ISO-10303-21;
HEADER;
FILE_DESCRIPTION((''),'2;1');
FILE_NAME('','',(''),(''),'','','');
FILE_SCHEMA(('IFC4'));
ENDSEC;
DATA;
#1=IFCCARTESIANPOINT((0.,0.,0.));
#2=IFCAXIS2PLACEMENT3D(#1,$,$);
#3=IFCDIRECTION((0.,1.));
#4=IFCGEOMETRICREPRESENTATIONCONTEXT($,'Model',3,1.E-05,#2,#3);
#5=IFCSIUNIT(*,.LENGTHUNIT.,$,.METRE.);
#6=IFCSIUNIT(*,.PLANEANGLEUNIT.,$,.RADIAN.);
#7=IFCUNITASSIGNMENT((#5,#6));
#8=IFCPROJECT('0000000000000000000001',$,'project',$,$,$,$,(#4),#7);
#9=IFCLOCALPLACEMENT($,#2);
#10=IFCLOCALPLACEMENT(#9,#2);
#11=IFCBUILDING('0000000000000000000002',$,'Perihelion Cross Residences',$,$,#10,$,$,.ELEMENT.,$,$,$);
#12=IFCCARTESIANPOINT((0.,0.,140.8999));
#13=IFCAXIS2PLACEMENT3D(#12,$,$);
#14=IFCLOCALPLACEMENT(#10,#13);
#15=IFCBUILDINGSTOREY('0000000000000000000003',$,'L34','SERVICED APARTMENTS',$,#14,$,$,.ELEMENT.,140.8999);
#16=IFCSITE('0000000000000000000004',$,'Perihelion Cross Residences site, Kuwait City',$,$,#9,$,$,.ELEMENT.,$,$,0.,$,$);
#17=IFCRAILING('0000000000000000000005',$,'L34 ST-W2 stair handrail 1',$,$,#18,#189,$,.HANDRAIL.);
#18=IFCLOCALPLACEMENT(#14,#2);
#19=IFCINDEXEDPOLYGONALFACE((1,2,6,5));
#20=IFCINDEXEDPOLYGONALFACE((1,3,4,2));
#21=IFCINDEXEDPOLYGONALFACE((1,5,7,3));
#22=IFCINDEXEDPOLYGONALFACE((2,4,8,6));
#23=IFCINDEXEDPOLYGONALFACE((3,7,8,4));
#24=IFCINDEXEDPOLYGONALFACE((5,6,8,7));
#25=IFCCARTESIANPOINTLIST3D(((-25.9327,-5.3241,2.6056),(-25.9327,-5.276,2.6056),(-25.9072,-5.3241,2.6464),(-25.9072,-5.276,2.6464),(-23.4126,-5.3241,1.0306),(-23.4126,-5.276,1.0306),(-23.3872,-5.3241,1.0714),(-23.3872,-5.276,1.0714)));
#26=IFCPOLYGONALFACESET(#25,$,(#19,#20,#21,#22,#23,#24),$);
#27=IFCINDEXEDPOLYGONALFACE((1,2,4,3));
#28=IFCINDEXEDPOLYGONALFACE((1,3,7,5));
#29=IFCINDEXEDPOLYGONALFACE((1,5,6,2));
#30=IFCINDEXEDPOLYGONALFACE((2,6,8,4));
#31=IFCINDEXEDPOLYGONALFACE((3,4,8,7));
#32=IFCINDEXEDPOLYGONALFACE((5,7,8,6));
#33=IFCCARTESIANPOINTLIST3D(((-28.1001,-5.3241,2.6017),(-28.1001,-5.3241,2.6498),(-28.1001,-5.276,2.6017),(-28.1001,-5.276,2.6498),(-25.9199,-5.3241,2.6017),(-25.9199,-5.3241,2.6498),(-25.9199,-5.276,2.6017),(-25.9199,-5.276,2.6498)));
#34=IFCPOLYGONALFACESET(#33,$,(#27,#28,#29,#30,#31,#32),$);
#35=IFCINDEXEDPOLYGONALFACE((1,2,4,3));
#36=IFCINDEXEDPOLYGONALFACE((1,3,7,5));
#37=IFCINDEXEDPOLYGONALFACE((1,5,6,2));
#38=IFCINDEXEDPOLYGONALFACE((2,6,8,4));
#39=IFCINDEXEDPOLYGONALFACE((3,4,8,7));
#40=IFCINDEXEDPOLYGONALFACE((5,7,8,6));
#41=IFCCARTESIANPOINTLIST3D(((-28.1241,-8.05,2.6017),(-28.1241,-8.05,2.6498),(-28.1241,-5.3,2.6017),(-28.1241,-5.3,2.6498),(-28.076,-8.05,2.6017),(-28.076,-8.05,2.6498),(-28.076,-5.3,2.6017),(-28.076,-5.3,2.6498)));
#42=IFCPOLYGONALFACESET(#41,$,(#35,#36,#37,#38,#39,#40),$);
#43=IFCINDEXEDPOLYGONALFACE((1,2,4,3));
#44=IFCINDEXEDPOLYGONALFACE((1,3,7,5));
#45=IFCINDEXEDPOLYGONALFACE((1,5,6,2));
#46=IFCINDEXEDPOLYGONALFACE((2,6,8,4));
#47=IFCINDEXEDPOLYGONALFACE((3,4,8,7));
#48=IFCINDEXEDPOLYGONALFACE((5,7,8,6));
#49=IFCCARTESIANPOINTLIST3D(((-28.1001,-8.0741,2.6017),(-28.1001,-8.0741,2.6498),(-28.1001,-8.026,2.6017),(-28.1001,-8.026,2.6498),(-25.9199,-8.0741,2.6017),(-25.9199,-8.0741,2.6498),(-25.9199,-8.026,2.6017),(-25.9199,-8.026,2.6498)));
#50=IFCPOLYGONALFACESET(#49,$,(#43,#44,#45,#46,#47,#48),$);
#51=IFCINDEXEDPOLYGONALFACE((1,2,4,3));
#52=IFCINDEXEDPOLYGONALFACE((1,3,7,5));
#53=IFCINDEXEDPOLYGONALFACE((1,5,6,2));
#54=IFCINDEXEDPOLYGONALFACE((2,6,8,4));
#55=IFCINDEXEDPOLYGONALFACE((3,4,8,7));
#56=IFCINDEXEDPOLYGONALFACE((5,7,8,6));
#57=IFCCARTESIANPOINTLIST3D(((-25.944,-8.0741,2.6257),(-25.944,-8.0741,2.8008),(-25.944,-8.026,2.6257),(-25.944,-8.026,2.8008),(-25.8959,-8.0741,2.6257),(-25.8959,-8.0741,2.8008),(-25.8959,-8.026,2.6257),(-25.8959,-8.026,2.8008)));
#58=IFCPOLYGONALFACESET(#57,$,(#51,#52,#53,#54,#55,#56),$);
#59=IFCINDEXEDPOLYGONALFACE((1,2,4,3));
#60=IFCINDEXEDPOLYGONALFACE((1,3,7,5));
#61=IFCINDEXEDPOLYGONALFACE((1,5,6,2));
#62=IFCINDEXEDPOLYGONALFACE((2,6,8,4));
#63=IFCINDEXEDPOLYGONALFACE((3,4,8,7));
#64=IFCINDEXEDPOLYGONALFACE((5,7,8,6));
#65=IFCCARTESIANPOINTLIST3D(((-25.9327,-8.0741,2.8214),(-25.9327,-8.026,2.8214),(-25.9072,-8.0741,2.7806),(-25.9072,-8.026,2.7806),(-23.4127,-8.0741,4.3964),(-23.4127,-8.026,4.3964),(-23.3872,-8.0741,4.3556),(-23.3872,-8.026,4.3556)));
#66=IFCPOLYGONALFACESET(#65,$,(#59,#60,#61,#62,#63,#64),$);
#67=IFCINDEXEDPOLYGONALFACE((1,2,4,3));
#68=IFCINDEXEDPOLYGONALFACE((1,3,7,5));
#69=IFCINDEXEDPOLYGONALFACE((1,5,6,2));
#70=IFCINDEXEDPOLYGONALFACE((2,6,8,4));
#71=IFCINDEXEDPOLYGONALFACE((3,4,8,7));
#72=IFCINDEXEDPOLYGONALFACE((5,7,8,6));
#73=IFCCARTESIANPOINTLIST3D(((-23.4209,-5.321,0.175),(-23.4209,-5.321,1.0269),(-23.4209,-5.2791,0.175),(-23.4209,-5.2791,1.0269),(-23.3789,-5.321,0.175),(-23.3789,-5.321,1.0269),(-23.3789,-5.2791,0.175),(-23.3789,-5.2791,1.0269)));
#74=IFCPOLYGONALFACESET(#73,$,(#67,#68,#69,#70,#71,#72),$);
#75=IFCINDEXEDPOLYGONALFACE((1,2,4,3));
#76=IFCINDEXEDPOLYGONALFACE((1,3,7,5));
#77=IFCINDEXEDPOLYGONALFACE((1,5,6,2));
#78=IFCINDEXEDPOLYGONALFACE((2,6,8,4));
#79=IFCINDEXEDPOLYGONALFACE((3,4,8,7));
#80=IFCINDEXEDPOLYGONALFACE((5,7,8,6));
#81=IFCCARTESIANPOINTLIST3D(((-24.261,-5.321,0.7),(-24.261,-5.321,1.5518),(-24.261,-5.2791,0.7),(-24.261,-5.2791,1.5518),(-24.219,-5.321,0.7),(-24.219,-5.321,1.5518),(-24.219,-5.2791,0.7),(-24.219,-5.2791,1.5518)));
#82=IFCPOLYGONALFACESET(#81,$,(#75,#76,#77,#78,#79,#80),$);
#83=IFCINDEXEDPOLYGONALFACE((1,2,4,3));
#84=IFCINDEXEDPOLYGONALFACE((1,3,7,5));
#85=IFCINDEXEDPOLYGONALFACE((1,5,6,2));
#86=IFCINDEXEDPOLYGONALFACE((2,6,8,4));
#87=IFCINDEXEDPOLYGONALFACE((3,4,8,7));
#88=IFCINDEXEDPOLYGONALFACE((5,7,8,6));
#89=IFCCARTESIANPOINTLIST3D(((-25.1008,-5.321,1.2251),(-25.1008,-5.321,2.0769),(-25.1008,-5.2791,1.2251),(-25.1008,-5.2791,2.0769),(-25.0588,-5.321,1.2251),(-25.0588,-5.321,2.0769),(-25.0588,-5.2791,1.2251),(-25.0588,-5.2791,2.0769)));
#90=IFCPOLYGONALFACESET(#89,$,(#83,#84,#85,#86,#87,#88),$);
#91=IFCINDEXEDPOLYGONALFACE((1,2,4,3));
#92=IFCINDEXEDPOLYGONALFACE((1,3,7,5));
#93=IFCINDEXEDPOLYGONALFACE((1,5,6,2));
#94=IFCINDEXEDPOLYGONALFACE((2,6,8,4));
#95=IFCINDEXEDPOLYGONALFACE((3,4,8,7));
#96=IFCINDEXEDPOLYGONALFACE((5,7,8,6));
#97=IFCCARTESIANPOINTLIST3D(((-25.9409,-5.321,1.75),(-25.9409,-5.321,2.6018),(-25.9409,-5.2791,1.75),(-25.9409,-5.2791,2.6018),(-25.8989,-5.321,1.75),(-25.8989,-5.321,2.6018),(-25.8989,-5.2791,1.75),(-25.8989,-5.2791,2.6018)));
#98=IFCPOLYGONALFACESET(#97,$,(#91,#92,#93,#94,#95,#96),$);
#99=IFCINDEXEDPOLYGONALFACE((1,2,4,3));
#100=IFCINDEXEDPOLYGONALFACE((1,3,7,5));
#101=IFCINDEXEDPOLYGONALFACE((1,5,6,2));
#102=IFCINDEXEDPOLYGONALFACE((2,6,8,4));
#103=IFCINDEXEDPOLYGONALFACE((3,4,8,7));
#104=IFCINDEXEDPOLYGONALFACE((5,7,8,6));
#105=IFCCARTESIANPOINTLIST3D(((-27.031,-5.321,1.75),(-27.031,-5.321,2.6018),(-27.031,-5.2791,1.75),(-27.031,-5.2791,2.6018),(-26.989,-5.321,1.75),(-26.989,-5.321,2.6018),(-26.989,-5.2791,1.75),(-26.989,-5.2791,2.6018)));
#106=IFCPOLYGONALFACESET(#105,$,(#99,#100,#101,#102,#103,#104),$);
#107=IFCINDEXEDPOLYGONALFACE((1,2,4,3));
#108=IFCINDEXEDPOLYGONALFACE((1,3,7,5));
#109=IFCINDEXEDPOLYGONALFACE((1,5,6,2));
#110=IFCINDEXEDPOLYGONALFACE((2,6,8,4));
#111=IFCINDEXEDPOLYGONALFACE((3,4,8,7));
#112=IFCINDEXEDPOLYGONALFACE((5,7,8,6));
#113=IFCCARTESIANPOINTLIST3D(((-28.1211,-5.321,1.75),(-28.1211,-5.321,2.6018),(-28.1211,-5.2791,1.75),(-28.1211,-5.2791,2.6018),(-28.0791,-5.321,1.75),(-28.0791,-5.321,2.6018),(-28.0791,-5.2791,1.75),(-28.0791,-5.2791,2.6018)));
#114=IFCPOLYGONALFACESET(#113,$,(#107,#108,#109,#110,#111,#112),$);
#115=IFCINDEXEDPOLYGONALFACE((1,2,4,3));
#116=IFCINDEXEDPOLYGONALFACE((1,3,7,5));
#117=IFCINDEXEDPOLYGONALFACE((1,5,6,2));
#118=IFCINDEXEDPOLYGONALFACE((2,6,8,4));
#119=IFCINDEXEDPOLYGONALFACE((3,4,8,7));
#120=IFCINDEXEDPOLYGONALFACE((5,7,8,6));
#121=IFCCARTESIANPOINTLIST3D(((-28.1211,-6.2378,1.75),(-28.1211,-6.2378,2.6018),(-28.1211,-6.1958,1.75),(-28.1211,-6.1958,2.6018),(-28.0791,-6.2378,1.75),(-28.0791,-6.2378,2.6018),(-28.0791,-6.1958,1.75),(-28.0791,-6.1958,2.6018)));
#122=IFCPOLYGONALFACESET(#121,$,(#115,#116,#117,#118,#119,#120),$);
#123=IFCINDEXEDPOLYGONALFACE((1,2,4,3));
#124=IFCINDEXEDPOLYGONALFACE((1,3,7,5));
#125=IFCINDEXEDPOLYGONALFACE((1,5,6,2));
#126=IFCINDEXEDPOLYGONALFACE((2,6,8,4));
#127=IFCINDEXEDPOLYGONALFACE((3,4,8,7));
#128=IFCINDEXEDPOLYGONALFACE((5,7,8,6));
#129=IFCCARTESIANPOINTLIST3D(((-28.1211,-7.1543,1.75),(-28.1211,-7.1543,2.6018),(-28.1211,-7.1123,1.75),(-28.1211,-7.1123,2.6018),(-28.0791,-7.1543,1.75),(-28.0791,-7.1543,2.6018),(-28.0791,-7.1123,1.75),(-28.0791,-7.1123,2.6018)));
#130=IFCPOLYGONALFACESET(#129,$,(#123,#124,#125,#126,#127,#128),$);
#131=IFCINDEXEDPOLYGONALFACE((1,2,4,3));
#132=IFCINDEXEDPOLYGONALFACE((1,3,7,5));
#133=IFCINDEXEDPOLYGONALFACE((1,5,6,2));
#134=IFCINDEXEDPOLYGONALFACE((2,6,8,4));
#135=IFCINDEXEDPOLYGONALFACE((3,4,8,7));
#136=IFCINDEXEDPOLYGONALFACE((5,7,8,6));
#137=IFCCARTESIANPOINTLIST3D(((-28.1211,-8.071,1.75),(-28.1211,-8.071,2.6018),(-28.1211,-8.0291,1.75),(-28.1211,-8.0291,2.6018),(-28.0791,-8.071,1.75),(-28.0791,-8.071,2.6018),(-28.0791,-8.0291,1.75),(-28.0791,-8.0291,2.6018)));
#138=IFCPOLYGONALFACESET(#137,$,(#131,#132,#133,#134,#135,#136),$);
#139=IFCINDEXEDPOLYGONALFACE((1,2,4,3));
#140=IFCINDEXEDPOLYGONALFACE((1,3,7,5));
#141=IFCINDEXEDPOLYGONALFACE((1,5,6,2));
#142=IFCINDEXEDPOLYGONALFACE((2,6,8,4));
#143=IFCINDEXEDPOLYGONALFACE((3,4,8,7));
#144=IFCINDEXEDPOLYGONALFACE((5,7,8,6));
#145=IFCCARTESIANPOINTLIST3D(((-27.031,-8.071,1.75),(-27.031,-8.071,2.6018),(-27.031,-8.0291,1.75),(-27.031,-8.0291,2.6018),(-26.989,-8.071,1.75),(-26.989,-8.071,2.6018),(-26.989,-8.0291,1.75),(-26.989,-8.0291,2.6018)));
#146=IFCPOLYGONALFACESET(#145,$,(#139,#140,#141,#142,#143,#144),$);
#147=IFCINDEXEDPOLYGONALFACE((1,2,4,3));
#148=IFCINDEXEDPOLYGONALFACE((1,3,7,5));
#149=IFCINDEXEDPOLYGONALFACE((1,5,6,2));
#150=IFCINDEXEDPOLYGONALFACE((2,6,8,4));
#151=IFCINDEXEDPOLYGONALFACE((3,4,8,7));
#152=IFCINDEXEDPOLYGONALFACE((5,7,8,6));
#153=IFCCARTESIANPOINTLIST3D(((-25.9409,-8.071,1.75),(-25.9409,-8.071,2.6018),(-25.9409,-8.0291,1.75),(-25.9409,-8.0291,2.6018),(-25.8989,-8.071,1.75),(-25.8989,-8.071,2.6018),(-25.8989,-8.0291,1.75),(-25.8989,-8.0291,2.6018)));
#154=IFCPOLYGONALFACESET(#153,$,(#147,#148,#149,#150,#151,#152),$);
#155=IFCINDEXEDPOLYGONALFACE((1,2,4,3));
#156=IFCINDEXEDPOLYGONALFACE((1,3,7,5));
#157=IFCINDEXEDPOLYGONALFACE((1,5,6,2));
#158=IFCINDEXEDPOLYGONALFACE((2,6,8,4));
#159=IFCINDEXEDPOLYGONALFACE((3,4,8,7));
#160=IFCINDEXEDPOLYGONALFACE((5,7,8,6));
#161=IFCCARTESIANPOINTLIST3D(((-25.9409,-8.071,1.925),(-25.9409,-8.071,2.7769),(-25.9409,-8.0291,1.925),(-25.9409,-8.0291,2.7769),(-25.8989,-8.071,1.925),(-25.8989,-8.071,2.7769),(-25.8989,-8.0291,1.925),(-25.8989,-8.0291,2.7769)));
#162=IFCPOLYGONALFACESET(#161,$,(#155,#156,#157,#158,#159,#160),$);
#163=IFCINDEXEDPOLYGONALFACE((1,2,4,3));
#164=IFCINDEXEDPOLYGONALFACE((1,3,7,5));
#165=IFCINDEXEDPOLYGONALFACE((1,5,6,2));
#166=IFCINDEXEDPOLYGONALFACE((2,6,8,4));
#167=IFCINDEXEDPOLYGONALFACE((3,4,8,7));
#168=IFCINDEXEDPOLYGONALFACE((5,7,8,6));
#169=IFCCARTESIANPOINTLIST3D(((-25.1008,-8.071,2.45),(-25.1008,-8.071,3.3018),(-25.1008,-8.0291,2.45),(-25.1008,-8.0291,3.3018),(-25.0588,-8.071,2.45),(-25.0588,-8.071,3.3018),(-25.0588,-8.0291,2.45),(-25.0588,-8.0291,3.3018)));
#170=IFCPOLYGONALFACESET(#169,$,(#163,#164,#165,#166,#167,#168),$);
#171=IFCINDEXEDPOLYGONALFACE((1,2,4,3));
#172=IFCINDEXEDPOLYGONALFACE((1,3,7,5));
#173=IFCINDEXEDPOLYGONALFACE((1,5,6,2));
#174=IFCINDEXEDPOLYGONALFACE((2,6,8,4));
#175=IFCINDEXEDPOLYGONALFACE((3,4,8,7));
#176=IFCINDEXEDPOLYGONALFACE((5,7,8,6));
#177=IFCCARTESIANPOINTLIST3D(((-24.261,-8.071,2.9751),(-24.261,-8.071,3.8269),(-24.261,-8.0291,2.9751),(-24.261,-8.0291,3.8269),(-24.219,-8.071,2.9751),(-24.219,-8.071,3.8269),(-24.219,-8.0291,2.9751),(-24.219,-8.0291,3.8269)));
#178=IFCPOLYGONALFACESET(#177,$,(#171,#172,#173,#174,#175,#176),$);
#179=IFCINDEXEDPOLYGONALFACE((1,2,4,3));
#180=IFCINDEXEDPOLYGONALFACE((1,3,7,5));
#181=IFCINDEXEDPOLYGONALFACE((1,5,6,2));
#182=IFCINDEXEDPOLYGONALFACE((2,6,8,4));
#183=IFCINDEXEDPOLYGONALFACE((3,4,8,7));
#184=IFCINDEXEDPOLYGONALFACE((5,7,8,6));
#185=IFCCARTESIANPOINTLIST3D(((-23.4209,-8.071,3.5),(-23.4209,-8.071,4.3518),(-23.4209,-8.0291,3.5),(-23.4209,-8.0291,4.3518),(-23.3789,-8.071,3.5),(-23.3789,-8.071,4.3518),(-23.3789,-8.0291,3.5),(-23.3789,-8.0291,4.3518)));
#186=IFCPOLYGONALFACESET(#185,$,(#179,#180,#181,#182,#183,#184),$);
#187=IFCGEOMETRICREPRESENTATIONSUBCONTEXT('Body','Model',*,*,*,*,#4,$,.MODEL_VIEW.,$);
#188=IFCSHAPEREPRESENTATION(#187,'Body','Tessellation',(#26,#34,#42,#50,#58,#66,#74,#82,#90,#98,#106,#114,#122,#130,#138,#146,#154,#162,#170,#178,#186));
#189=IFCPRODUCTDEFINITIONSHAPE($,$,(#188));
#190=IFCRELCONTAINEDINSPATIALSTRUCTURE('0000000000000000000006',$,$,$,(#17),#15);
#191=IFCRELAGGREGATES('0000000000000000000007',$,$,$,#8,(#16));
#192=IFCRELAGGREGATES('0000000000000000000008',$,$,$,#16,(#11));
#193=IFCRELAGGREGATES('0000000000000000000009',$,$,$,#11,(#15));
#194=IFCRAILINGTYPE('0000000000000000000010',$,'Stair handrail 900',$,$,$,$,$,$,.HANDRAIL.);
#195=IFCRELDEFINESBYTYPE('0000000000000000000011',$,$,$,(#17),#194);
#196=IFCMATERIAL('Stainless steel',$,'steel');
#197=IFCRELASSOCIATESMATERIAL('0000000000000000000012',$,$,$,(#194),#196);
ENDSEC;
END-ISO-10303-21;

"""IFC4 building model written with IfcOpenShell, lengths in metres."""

from ifc_helpers import new_model, si_unit, direction, frame, origin, origin_2d, place, context, subcontext, project, spatial, rectangle, extrude, material, type_object, element, save


model = new_model("IFC4")

# Units and contexts
model_context = context("Model", 3, precision=1e-05, world=origin(), true_north=direction((0.0, 1.0)))
body_context = subcontext(model_context, "Body", "Model", "MODEL_VIEW")
ifc_project = project(units=[si_unit("LENGTHUNIT", "METRE"), si_unit("PLANEANGLEUNIT", "RADIAN")], contexts=[model_context])

# Site, building, storey
site_placement = place(None, origin())
site = spatial("IfcSite", under=ifc_project, at=site_placement, Name="Perihelion Cross Residences site, Kuwait City", CompositionType="ELEMENT", RefElevation=0.0)
building_placement = place(site_placement, origin())
building = spatial("IfcBuilding", under=site, at=building_placement, Name="Perihelion Cross Residences", CompositionType="ELEMENT")
storey_placement = place(building_placement, frame((0.0, 0.0, 140.8999)))
storey = spatial("IfcBuildingStorey", under=building, at=storey_placement, Name="L34", Description="SERVICED APARTMENTS", CompositionType="ELEMENT", Elevation=140.8999)

# Railing
ifc_material_1 = material(Name="Stainless steel", Category="steel")
railing_type_1 = type_object("IfcRailingType", Name="Stair handrail 900", PredefinedType="HANDRAIL", material=ifc_material_1)
railing_1_placement = place(storey_placement, frame((-23.3999, -5.3, 0.175)))
element("IfcRailing", 1, at=railing_1_placement, inside=storey, type_object=railing_type_1, Name="L34 ST-W2 stair handrail 1", PredefinedType="HANDRAIL", context=body_context, shape_type="SweptSolid", body=[
    extrude(rectangle(XDim=0.0481, YDim=0.0481, at=origin_2d()), frame((0.0, 0.0, 0.876), z_axis=(-0.848008, 0.0, 0.529984), x_axis=(0.0, -1.0, 0.0)), (0.0, 0.0, 1.0), 2.9717),
    extrude(rectangle(XDim=0.0481, YDim=0.0481, at=origin_2d()), frame((-2.52, 0.0, 2.4507), z_axis=(-1.0, 0.0, 0.0), x_axis=(0.0, -1.0, 0.0)), (0.0, 0.0, 1.0), 2.1802),
    extrude(rectangle(XDim=0.0481, YDim=0.0481, at=origin_2d()), frame((-4.7002, 0.0, 2.4507), z_axis=(0.0, -1.0, 0.0), x_axis=(1.0, 0.0, 0.0)), (0.0, 0.0, 1.0), 2.75),
    extrude(rectangle(XDim=0.0481, YDim=0.0481, at=origin_2d()), frame((-4.7002, -2.75, 2.4507), z_axis=(1.0, 0.0, 0.0), x_axis=(0.0, 1.0, 0.0)), (0.0, 0.0, 1.0), 2.1802),
    extrude(rectangle(XDim=0.0481, YDim=0.0481, at=origin_2d()), frame((-2.52, -2.75, 2.4507), z_axis=(0.0, 0.0, 1.0), x_axis=(1.0, 0.0, 0.0)), (0.0, 0.0, 1.0), 0.175),
    extrude(rectangle(XDim=0.0481, YDim=0.0481, at=origin_2d()), frame((-2.52, -2.75, 2.626), z_axis=(0.848008, 0.0, 0.529984), x_axis=(0.0, 1.0, 0.0)), (0.0, 0.0, 1.0), 2.9717),
    extrude(rectangle(XDim=0.042, YDim=0.042, at=origin_2d()), origin(), (0.0, 0.0, 1.0), 0.8518),
    extrude(rectangle(XDim=0.042, YDim=0.042, at=origin_2d()), frame((-0.8401, 0.0, 0.5249)), (0.0, 0.0, 1.0), 0.8518),
    extrude(rectangle(XDim=0.042, YDim=0.042, at=origin_2d()), frame((-1.6799, 0.0, 1.05)), (0.0, 0.0, 1.0), 0.8518),
    extrude(rectangle(XDim=0.042, YDim=0.042, at=origin_2d()), frame((-2.52, 0.0, 1.575)), (0.0, 0.0, 1.0), 0.8518),
    extrude(rectangle(XDim=0.042, YDim=0.042, at=origin_2d()), frame((-3.6101, 0.0, 1.575)), (0.0, 0.0, 1.0), 0.8518),
    extrude(rectangle(XDim=0.042, YDim=0.042, at=origin_2d()), frame((-4.7002, 0.0, 1.575)), (0.0, 0.0, 1.0), 0.8518),
    extrude(rectangle(XDim=0.042, YDim=0.042, at=origin_2d()), frame((-4.7002, -0.9167, 1.575)), (0.0, 0.0, 1.0), 0.8518),
    extrude(rectangle(XDim=0.042, YDim=0.042, at=origin_2d()), frame((-4.7002, -1.8333, 1.575)), (0.0, 0.0, 1.0), 0.8518),
    extrude(rectangle(XDim=0.042, YDim=0.042, at=origin_2d()), frame((-4.7002, -2.75, 1.575)), (0.0, 0.0, 1.0), 0.8518),
    extrude(rectangle(XDim=0.042, YDim=0.042, at=origin_2d()), frame((-3.6101, -2.75, 1.575)), (0.0, 0.0, 1.0), 0.8518),
    extrude(rectangle(XDim=0.042, YDim=0.042, at=origin_2d()), frame((-2.52, -2.75, 1.575)), (0.0, 0.0, 1.0), 0.8518),
    extrude(rectangle(XDim=0.042, YDim=0.042, at=origin_2d()), frame((-2.52, -2.75, 1.75)), (0.0, 0.0, 1.0), 0.8518),
    extrude(rectangle(XDim=0.042, YDim=0.042, at=origin_2d()), frame((-1.6799, -2.75, 2.2749)), (0.0, 0.0, 1.0), 0.8518),
    extrude(rectangle(XDim=0.042, YDim=0.042, at=origin_2d()), frame((-0.8401, -2.75, 2.8)), (0.0, 0.0, 1.0), 0.8518),
    extrude(rectangle(XDim=0.042, YDim=0.042, at=origin_2d()), frame((0.0, -2.75, 3.325)), (0.0, 0.0, 1.0), 0.8518),
])

save(model, "model.ifc")
